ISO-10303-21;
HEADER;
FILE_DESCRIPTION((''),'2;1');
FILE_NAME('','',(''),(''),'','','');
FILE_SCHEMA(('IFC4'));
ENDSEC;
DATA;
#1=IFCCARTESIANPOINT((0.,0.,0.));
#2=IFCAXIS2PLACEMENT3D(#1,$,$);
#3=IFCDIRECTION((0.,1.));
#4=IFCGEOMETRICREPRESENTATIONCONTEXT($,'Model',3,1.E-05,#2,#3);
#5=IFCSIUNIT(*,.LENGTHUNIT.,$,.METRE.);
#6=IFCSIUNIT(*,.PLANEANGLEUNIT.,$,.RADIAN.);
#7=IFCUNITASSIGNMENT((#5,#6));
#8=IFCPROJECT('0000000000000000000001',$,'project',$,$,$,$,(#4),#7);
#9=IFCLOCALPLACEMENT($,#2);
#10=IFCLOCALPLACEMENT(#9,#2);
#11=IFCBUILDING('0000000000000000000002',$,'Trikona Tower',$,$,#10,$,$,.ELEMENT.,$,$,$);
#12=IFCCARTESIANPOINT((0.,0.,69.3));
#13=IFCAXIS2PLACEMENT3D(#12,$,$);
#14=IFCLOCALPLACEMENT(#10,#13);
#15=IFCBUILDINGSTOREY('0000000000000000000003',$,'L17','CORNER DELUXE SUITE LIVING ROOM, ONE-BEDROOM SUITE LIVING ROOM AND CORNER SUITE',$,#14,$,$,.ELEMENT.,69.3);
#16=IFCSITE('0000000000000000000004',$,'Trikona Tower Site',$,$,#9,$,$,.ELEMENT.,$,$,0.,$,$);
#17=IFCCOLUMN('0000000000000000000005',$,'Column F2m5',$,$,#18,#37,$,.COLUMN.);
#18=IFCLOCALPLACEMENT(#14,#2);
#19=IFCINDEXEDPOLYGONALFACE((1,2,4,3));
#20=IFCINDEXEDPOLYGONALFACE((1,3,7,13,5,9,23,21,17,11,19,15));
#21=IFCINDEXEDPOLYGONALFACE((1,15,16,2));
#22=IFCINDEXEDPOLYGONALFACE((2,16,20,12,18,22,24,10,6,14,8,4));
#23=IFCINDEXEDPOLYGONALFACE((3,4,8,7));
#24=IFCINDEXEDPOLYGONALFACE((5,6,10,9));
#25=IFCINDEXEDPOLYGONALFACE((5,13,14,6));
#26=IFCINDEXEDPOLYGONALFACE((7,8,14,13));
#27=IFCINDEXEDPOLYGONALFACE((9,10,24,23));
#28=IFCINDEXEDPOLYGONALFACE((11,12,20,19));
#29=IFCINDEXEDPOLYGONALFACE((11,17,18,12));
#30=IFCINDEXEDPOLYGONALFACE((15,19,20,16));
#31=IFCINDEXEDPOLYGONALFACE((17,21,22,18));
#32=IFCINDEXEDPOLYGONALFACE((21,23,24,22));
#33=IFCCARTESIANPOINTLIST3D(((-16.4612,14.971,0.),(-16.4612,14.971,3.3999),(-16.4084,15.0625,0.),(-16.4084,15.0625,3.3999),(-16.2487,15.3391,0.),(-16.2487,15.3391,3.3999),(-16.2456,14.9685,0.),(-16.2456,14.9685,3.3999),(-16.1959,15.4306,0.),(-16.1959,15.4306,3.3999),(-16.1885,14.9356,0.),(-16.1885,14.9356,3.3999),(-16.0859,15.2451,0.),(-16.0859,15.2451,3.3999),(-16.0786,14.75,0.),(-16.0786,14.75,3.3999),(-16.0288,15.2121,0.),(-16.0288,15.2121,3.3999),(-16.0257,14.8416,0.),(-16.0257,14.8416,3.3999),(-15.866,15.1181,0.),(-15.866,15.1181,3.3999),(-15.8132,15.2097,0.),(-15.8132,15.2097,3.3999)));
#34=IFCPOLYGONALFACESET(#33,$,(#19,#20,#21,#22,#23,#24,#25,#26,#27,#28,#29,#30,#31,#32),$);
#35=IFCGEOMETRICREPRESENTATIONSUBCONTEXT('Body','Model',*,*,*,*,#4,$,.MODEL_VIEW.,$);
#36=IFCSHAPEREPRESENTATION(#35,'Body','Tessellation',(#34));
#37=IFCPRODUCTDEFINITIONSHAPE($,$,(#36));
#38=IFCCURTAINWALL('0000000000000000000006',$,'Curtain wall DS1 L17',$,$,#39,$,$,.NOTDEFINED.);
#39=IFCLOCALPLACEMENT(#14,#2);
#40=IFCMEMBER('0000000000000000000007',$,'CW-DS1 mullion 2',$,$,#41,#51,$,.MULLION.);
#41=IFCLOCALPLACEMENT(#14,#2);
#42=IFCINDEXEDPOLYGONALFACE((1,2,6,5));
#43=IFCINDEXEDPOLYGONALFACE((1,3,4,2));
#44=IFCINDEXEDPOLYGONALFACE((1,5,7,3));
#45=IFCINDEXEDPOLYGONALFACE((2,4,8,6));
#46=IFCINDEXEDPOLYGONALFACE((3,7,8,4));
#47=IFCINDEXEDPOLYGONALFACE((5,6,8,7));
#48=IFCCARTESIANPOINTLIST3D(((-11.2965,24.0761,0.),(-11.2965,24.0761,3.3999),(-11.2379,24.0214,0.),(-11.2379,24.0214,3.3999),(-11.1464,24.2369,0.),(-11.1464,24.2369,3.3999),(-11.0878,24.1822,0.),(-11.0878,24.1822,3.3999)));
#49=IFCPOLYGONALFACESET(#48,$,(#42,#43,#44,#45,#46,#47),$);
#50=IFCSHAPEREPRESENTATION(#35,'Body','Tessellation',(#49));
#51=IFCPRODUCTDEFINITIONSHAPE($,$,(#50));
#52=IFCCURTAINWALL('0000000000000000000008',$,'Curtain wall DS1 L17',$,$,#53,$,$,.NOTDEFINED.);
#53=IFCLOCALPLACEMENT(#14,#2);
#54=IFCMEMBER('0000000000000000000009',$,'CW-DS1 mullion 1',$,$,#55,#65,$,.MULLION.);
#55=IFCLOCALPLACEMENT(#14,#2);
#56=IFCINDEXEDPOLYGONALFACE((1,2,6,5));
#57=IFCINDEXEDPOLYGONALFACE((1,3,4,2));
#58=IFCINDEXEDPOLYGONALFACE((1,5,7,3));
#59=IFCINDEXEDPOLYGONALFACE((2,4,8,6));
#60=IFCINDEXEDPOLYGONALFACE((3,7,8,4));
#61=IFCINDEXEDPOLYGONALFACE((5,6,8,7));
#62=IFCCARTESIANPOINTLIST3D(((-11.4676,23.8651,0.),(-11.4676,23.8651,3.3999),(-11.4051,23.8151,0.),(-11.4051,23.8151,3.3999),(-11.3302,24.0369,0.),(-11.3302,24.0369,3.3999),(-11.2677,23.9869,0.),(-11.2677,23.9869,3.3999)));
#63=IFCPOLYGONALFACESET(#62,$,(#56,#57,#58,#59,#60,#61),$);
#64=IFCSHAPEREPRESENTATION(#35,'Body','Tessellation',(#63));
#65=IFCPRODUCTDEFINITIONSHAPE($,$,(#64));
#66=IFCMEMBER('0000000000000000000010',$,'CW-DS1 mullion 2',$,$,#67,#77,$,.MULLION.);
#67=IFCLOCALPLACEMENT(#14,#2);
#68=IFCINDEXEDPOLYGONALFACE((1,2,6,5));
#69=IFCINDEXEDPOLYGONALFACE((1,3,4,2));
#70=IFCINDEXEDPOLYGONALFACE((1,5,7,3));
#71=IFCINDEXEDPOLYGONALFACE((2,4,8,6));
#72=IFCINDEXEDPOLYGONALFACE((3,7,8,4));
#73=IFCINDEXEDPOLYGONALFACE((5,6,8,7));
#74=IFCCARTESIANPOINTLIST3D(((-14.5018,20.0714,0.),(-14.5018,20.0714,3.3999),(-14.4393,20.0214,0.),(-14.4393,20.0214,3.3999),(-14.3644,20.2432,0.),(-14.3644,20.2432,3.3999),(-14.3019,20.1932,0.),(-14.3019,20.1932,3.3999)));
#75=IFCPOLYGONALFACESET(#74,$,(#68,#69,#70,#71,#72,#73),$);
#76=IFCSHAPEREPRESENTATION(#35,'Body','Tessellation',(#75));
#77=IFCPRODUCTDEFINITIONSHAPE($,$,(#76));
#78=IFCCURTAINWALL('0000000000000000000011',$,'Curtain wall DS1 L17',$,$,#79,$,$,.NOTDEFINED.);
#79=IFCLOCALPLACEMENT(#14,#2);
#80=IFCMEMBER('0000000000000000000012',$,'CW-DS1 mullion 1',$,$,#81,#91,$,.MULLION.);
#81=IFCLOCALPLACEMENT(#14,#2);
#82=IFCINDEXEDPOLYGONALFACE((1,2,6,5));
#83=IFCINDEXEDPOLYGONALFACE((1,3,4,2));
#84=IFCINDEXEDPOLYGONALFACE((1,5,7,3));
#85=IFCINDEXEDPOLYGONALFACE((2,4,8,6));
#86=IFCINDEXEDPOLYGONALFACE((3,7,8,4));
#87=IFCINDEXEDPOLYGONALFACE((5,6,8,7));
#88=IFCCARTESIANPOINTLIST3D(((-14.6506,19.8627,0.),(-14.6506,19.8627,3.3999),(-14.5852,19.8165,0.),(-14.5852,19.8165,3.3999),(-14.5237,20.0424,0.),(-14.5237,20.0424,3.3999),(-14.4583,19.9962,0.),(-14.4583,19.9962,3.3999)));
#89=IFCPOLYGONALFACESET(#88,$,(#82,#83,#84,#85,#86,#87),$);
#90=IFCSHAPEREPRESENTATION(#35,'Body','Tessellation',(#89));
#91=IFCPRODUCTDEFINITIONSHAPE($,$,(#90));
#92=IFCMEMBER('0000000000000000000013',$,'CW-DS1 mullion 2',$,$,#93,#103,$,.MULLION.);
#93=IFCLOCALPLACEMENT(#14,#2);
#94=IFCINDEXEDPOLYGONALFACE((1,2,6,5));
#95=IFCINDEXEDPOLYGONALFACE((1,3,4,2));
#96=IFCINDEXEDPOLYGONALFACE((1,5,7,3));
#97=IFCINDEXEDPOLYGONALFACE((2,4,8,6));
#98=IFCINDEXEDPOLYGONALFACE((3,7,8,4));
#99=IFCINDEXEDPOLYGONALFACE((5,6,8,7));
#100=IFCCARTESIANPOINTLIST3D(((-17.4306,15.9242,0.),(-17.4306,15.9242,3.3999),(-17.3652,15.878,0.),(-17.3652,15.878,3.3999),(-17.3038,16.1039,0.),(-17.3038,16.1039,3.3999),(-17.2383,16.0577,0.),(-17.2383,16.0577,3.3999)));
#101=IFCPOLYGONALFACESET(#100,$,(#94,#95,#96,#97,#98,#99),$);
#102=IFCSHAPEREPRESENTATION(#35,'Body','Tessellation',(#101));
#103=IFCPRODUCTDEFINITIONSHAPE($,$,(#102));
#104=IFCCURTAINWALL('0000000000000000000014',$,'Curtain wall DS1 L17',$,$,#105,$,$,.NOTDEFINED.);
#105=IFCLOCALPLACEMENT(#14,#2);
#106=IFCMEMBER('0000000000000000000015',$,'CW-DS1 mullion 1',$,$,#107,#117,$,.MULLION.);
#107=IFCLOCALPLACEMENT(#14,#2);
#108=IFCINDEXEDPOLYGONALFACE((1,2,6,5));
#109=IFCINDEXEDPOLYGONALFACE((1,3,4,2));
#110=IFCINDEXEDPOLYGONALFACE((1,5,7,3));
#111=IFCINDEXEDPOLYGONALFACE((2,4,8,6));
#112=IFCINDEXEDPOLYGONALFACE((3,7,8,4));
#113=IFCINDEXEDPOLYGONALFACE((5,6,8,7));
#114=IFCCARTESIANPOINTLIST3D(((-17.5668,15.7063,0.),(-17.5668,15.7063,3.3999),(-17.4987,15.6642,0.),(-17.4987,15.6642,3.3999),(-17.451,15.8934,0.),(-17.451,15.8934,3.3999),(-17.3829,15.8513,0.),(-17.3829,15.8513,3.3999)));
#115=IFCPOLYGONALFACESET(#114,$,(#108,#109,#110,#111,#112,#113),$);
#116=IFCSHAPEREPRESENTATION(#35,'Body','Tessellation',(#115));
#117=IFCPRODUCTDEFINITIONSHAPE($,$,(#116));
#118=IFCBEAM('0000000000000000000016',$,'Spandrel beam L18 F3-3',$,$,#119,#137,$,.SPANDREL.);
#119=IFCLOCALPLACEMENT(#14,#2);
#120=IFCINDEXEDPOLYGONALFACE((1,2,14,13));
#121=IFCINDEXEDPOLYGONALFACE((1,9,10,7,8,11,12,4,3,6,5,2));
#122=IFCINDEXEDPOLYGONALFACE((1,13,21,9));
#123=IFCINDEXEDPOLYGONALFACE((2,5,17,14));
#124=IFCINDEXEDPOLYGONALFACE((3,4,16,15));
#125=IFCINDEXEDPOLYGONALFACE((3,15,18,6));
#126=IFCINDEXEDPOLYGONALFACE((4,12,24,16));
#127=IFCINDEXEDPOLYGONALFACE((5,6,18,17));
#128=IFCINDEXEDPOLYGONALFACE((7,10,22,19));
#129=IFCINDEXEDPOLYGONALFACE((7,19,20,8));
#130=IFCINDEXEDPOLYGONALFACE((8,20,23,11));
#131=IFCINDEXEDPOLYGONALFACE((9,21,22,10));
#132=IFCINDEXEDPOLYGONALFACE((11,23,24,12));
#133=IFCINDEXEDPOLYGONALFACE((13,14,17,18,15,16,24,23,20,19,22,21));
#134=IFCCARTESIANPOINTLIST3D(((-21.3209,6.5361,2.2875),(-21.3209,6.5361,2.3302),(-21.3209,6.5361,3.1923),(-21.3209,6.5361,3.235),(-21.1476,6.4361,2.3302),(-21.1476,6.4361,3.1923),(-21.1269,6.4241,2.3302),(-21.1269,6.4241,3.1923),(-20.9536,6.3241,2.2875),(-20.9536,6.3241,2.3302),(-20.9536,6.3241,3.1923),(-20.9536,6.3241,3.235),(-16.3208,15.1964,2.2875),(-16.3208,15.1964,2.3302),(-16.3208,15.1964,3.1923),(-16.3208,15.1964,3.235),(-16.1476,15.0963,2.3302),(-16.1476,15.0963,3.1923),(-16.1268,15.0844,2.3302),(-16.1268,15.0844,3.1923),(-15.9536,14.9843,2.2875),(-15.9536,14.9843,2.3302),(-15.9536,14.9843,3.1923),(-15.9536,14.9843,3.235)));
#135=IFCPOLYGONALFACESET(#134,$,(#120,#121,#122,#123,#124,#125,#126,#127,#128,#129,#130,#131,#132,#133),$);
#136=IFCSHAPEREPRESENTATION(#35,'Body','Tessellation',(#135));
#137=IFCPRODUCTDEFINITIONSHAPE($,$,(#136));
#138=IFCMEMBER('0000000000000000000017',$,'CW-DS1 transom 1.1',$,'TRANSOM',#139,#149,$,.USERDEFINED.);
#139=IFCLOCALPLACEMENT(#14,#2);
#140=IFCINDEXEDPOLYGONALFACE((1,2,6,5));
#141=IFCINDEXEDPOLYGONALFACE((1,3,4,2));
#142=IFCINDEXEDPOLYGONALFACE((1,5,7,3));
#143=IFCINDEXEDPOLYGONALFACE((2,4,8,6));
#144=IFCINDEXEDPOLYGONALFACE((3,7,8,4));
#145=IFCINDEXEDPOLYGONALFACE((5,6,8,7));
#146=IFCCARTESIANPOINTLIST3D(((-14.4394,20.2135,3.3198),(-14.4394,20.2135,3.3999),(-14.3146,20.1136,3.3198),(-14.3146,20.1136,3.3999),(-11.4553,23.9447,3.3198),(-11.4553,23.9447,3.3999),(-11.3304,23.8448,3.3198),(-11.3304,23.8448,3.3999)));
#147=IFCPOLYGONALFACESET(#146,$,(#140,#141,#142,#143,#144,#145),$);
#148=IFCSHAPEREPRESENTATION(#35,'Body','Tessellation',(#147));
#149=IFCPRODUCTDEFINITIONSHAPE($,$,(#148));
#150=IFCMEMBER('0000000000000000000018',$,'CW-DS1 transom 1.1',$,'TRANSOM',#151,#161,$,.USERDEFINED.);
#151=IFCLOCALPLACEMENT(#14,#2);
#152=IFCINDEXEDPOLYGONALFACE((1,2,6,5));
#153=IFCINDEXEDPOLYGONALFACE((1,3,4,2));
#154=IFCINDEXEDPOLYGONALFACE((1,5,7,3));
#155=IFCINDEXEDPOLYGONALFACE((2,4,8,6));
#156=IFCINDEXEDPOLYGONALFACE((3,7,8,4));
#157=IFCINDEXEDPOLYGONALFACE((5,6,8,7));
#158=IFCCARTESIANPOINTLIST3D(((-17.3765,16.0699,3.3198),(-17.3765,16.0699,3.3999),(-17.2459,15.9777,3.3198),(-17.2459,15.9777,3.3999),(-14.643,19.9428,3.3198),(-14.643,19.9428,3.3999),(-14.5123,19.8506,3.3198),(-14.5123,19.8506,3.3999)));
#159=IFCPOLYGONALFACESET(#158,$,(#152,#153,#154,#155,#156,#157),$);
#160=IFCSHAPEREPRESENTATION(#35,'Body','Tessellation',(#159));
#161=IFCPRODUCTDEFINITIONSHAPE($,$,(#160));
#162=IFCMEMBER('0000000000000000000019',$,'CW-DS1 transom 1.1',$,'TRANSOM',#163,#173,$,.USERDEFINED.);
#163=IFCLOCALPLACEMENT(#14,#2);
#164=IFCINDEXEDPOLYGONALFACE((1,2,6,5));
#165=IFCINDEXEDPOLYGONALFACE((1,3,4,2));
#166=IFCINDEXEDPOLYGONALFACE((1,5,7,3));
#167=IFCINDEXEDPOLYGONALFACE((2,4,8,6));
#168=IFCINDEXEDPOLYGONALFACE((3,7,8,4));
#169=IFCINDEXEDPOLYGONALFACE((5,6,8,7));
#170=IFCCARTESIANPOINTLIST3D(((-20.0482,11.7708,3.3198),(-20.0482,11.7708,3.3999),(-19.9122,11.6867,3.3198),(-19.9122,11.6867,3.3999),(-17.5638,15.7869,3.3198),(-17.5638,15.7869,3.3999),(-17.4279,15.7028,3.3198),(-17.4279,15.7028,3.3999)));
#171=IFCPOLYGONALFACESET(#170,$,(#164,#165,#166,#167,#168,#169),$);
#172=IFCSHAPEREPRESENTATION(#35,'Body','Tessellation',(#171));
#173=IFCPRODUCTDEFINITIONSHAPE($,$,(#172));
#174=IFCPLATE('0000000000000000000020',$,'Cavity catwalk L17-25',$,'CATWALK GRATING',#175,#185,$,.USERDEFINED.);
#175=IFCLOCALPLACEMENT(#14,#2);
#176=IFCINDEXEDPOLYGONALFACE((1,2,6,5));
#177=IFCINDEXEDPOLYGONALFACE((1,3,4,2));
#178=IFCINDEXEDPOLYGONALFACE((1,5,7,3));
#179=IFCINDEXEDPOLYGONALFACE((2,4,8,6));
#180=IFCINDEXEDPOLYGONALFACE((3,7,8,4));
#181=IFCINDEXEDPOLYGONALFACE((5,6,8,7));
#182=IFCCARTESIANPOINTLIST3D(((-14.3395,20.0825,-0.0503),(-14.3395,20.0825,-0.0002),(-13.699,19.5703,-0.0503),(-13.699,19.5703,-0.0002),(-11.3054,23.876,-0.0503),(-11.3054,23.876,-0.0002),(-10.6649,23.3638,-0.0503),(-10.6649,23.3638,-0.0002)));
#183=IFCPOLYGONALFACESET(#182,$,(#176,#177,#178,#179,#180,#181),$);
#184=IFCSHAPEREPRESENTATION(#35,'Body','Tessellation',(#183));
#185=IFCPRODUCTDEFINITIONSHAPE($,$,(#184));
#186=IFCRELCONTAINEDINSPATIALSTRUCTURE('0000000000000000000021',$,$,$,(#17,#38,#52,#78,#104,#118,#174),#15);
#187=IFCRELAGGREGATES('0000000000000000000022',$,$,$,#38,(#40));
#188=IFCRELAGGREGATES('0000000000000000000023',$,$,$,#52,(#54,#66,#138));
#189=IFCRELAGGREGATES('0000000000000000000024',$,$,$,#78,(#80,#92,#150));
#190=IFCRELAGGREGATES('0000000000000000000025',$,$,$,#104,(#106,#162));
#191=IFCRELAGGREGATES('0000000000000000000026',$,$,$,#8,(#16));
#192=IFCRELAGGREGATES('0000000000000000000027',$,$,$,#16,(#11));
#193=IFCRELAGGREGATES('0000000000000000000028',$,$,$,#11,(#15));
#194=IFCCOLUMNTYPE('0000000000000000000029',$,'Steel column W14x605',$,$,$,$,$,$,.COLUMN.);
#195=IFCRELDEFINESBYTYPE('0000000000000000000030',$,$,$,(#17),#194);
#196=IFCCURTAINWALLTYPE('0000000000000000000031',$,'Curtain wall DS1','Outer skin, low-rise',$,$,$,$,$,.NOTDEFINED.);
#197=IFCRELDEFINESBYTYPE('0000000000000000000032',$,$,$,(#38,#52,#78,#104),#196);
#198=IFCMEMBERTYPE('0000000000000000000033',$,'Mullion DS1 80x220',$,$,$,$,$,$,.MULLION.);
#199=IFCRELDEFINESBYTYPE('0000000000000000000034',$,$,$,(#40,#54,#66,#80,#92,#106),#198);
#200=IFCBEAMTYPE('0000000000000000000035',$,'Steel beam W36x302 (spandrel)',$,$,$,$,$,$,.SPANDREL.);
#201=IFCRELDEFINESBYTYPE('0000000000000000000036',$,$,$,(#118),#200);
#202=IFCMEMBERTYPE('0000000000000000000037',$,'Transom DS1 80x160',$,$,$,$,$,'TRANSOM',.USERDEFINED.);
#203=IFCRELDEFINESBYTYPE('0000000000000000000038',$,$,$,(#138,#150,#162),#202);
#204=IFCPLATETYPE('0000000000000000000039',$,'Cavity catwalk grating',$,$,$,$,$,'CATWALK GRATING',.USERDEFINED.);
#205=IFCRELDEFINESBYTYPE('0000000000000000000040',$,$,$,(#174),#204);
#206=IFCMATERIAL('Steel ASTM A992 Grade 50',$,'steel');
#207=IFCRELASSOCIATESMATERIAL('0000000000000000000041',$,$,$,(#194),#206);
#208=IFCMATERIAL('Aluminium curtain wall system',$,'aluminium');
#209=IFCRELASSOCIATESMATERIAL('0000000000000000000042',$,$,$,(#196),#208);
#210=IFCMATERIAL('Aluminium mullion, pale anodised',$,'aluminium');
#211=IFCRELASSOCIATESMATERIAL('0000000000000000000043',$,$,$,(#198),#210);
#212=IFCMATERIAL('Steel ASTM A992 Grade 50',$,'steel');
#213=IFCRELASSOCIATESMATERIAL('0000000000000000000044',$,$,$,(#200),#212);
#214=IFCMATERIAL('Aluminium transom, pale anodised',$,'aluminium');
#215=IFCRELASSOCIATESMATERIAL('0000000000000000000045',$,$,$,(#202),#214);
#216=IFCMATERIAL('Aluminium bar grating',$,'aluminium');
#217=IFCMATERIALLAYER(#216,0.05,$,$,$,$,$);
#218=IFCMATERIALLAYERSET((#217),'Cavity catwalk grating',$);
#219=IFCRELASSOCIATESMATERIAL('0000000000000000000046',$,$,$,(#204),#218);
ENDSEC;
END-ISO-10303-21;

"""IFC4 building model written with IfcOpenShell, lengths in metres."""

from ifc_helpers import new_model, si_unit, direction, frame, origin, origin_2d, place, context, subcontext, project, spatial, rectangle, i_section, extrude, material, layer, layer_set, material_profile, profile_set, type_object, element, aggregate, save


model = new_model("IFC4")

# Units and contexts
model_context = context("Model", 3, precision=1e-05, world=origin(), true_north=direction((0.0, 1.0)))
body_context = subcontext(model_context, "Body", "Model", "MODEL_VIEW")
ifc_project = project(units=[si_unit("LENGTHUNIT", "METRE"), si_unit("PLANEANGLEUNIT", "RADIAN")], contexts=[model_context])

# Site, building, storey
site_placement = place(None, origin())
site = spatial("IfcSite", under=ifc_project, at=site_placement, Name="Trikona Tower Site", CompositionType="ELEMENT", RefElevation=0.0)
building_placement = place(site_placement, origin())
building = spatial("IfcBuilding", under=site, at=building_placement, Name="Trikona Tower", CompositionType="ELEMENT")
storey_placement = place(building_placement, frame((0.0, 0.0, 69.3)))
storey = spatial("IfcBuildingStorey", under=building, at=storey_placement, Name="L17", Description="CORNER DELUXE SUITE LIVING ROOM, ONE-BEDROOM SUITE LIVING ROOM AND CORNER SUITE", CompositionType="ELEMENT", Elevation=69.3)

# Column
ifc_material_1 = material(Name="Steel ASTM A992 Grade 50", Category="steel")
ifc_material_profile_1 = material_profile(ifc_material_1, i_section(OverallWidth=0.4419, OverallDepth=0.5308, WebThickness=0.0659, FlangeThickness=0.1057, at=origin_2d()), Name="W14X605")
ifc_profile_set_1 = profile_set([ifc_material_profile_1], Name="Steel ASTM A992 Grade 50")
column_type = type_object("IfcColumnType", Name="Steel column W14x605", PredefinedType="COLUMN", material=ifc_profile_set_1)
column_placement = place(storey_placement, frame((-16.1372, 15.0903, 0.0), z_axis=(0.0, 0.0, 1.0), x_axis=(-0.866025, 0.5, 0.0)))
element("IfcColumn", 1, at=column_placement, inside=storey, type_object=column_type, Name="Column F2m5", PredefinedType="COLUMN", context=body_context, shape_type="SweptSolid", body=[
    extrude(i_section(OverallWidth=0.4419, OverallDepth=0.5308, WebThickness=0.0659, FlangeThickness=0.1057, at=origin_2d()), origin(), (0.0, 0.0, 1.0), 3.3999),
])

# Curtain wall, member
ifc_material_2 = material(Name="Aluminium curtain wall system", Category="aluminium")
curtain_wall_type = type_object("IfcCurtainWallType", Name="Curtain wall DS1", Description="Outer skin, low-rise", PredefinedType="NOTDEFINED", material=ifc_material_2)
curtain_wall_1_placement = place(storey_placement, origin())
curtain_wall_1 = element("IfcCurtainWall", 2, at=curtain_wall_1_placement, inside=storey, type_object=curtain_wall_type, Name="Curtain wall DS1 L17", PredefinedType="NOTDEFINED")
ifc_material_3 = material(Name="Aluminium mullion, pale anodised", Category="aluminium")
ifc_material_profile_2 = material_profile(ifc_material_3, rectangle(XDim=0.0801, YDim=0.22, at=origin_2d()), Name="MUL-DS1")
ifc_profile_set_2 = profile_set([ifc_material_profile_2], Name="Aluminium mullion, pale anodised")
member_type_1 = type_object("IfcMemberType", Name="Mullion DS1 80x220", PredefinedType="MULLION", material=ifc_profile_set_2)
member_1_placement = place(storey_placement, frame((-11.1921, 24.1292, 0.0), z_axis=(0.0, 0.0, 1.0), x_axis=(0.731077, -0.682295, 0.0)))
member_1 = element("IfcMember", 3, at=member_1_placement, type_object=member_type_1, Name="CW-DS1 mullion 2", PredefinedType="MULLION", context=body_context, shape_type="SweptSolid", body=[
    extrude(rectangle(XDim=0.0801, YDim=0.22, at=origin_2d()), origin(), (0.0, 0.0, 1.0), 3.3999),
])
aggregate(curtain_wall_1, [member_1])

# Curtain walls, members
curtain_wall_2_placement = place(storey_placement, origin())
curtain_wall_2 = element("IfcCurtainWall", 4, at=curtain_wall_2_placement, inside=storey, type_object=curtain_wall_type, Name="Curtain wall DS1 L17", PredefinedType="NOTDEFINED")
member_2_placement = place(storey_placement, frame((-11.3677, 23.926, 0.0), z_axis=(0.0, 0.0, 1.0), x_axis=(0.780938, -0.624609, 0.0)))
member_2 = element("IfcMember", 5, at=member_2_placement, type_object=member_type_1, Name="CW-DS1 mullion 1", PredefinedType="MULLION", context=body_context, shape_type="SweptSolid", body=[
    extrude(rectangle(XDim=0.0801, YDim=0.22, at=origin_2d()), origin(), (0.0, 0.0, 1.0), 3.3999),
])
member_3_placement = place(storey_placement, frame((-14.4019, 20.1323, 0.0), z_axis=(0.0, 0.0, 1.0), x_axis=(0.780938, -0.624609, 0.0)))
member_3 = element("IfcMember", 6, at=member_3_placement, type_object=member_type_1, Name="CW-DS1 mullion 2", PredefinedType="MULLION", context=body_context, shape_type="SweptSolid", body=[
    extrude(rectangle(XDim=0.0801, YDim=0.22, at=origin_2d()), origin(), (0.0, 0.0, 1.0), 3.3999),
])
curtain_wall_3_placement = place(storey_placement, origin())
curtain_wall_3 = element("IfcCurtainWall", 7, at=curtain_wall_3_placement, inside=storey, type_object=curtain_wall_type, Name="Curtain wall DS1 L17", PredefinedType="NOTDEFINED")
member_4_placement = place(storey_placement, frame((-14.5544, 19.9294, 0.0), z_axis=(0.0, 0.0, 1.0), x_axis=(0.816985, -0.576658, 0.0)))
member_4 = element("IfcMember", 8, at=member_4_placement, type_object=member_type_1, Name="CW-DS1 mullion 1", PredefinedType="MULLION", context=body_context, shape_type="SweptSolid", body=[
    extrude(rectangle(XDim=0.0801, YDim=0.22, at=origin_2d()), origin(), (0.0, 0.0, 1.0), 3.3999),
])
member_5_placement = place(storey_placement, frame((-17.3345, 15.991, 0.0), z_axis=(0.0, 0.0, 1.0), x_axis=(0.816985, -0.576658, 0.0)))
member_5 = element("IfcMember", 9, at=member_5_placement, type_object=member_type_1, Name="CW-DS1 mullion 2", PredefinedType="MULLION", context=body_context, shape_type="SweptSolid", body=[
    extrude(rectangle(XDim=0.0801, YDim=0.22, at=origin_2d()), origin(), (0.0, 0.0, 1.0), 3.3999),
])

# Curtain wall, member
curtain_wall_4_placement = place(storey_placement, origin())
curtain_wall_4 = element("IfcCurtainWall", 10, at=curtain_wall_4_placement, inside=storey, type_object=curtain_wall_type, Name="Curtain wall DS1 L17", PredefinedType="NOTDEFINED")
member_6_placement = place(storey_placement, frame((-17.4749, 15.7788, 0.0), z_axis=(0.0, 0.0, 1.0), x_axis=(0.85041, -0.52612, 0.0)))
member_6 = element("IfcMember", 11, at=member_6_placement, type_object=member_type_1, Name="CW-DS1 mullion 1", PredefinedType="MULLION", context=body_context, shape_type="SweptSolid", body=[
    extrude(rectangle(XDim=0.0801, YDim=0.22, at=origin_2d()), origin(), (0.0, 0.0, 1.0), 3.3999),
])

# Beam
ifc_material_4 = material(Name="Steel ASTM A992 Grade 50", Category="steel")
ifc_material_profile_3 = material_profile(ifc_material_4, i_section(OverallWidth=0.4241, OverallDepth=0.9475, WebThickness=0.0239, FlangeThickness=0.0427, at=origin_2d()), Name="W36X302")
ifc_profile_set_3 = profile_set([ifc_material_profile_3], Name="Steel ASTM A992 Grade 50")
beam_type = type_object("IfcBeamType", Name="Steel beam W36x302 (spandrel)", PredefinedType="SPANDREL", material=ifc_profile_set_3)
beam_placement = place(storey_placement, frame((-16.1372, 15.0903, 2.7612), z_axis=(-0.500004, -0.866023, 0.0), x_axis=(0.866023, -0.500004, 0.0)))
element("IfcBeam", 12, at=beam_placement, inside=storey, type_object=beam_type, Name="Spandrel beam L18 F3-3", PredefinedType="SPANDREL", context=body_context, shape_type="SweptSolid", body=[
    extrude(i_section(OverallWidth=0.4241, OverallDepth=0.9475, WebThickness=0.0239, FlangeThickness=0.0427, at=origin_2d()), origin(), (0.0, 0.0, 1.0), 10.0),
])

# Members
ifc_material_5 = material(Name="Aluminium transom, pale anodised", Category="aluminium")
ifc_material_profile_4 = material_profile(ifc_material_5, rectangle(XDim=0.1599, YDim=0.0801, at=origin_2d()), Name="TRN-DS1")
ifc_profile_set_4 = profile_set([ifc_material_profile_4], Name="Aluminium transom, pale anodised")
member_type_2 = type_object("IfcMemberType", Name="Transom DS1 80x160", ElementType="TRANSOM", PredefinedType="USERDEFINED", material=ifc_profile_set_4)
member_7_placement = place(storey_placement, frame((-11.3928, 23.8948, 3.3599), z_axis=(-0.624589, -0.780954, 0.0), x_axis=(0.780954, -0.624589, 0.0)))
member_7 = element("IfcMember", 13, at=member_7_placement, type_object=member_type_2, Name="CW-DS1 transom 1.1", ObjectType="TRANSOM", PredefinedType="USERDEFINED", context=body_context, shape_type="SweptSolid", body=[
    extrude(rectangle(XDim=0.1599, YDim=0.0801, at=origin_2d()), origin(), (0.0, 0.0, 1.0), 4.7778),
])
member_8_placement = place(storey_placement, frame((-14.5776, 19.8967, 3.3599), z_axis=(-0.576645, -0.816995, 0.0), x_axis=(0.816995, -0.576645, 0.0)))
member_8 = element("IfcMember", 14, at=member_8_placement, type_object=member_type_2, Name="CW-DS1 transom 1.1", ObjectType="TRANSOM", PredefinedType="USERDEFINED", context=body_context, shape_type="SweptSolid", body=[
    extrude(rectangle(XDim=0.1599, YDim=0.0801, at=origin_2d()), origin(), (0.0, 0.0, 1.0), 4.7405),
])
member_9_placement = place(storey_placement, frame((-17.4958, 15.7449, 3.3599), z_axis=(-0.526081, -0.850435, 0.0), x_axis=(0.850435, -0.526081, 0.0)))
member_9 = element("IfcMember", 15, at=member_9_placement, type_object=member_type_2, Name="CW-DS1 transom 1.1", ObjectType="TRANSOM", PredefinedType="USERDEFINED", context=body_context, shape_type="SweptSolid", body=[
    extrude(rectangle(XDim=0.1599, YDim=0.0801, at=origin_2d()), origin(), (0.0, 0.0, 1.0), 4.7224),
])

# Plate
ifc_material_6 = material(Name="Aluminium bar grating", Category="aluminium")
ifc_layer_1 = layer(ifc_material_6, 0.05)
ifc_layer_set_1 = layer_set([ifc_layer_1], Name="Cavity catwalk grating")
plate_type_1 = type_object("IfcPlateType", Name="Cavity catwalk grating", ElementType="CATWALK GRATING", PredefinedType="USERDEFINED", material=ifc_layer_set_1)
plate_1_placement = place(storey_placement, frame((-12.5022, 21.7231, -0.0503), z_axis=(0.0, 0.0, 1.0), x_axis=(-0.624604, -0.780942, 0.0)))
element("IfcPlate", 16, at=plate_1_placement, inside=storey, type_object=plate_type_1, Name="Cavity catwalk L17-25", ObjectType="CATWALK GRATING", PredefinedType="USERDEFINED", context=body_context, shape_type="SweptSolid", body=[
    extrude(rectangle(XDim=4.8577, YDim=0.8201, at=origin_2d()), origin(), (0.0, 0.0, 1.0), 0.05),
])

aggregate(curtain_wall_2, [member_2, member_3, member_7])
aggregate(curtain_wall_3, [member_4, member_5, member_8])
aggregate(curtain_wall_4, [member_6, member_9])

save(model, "model.ifc")
